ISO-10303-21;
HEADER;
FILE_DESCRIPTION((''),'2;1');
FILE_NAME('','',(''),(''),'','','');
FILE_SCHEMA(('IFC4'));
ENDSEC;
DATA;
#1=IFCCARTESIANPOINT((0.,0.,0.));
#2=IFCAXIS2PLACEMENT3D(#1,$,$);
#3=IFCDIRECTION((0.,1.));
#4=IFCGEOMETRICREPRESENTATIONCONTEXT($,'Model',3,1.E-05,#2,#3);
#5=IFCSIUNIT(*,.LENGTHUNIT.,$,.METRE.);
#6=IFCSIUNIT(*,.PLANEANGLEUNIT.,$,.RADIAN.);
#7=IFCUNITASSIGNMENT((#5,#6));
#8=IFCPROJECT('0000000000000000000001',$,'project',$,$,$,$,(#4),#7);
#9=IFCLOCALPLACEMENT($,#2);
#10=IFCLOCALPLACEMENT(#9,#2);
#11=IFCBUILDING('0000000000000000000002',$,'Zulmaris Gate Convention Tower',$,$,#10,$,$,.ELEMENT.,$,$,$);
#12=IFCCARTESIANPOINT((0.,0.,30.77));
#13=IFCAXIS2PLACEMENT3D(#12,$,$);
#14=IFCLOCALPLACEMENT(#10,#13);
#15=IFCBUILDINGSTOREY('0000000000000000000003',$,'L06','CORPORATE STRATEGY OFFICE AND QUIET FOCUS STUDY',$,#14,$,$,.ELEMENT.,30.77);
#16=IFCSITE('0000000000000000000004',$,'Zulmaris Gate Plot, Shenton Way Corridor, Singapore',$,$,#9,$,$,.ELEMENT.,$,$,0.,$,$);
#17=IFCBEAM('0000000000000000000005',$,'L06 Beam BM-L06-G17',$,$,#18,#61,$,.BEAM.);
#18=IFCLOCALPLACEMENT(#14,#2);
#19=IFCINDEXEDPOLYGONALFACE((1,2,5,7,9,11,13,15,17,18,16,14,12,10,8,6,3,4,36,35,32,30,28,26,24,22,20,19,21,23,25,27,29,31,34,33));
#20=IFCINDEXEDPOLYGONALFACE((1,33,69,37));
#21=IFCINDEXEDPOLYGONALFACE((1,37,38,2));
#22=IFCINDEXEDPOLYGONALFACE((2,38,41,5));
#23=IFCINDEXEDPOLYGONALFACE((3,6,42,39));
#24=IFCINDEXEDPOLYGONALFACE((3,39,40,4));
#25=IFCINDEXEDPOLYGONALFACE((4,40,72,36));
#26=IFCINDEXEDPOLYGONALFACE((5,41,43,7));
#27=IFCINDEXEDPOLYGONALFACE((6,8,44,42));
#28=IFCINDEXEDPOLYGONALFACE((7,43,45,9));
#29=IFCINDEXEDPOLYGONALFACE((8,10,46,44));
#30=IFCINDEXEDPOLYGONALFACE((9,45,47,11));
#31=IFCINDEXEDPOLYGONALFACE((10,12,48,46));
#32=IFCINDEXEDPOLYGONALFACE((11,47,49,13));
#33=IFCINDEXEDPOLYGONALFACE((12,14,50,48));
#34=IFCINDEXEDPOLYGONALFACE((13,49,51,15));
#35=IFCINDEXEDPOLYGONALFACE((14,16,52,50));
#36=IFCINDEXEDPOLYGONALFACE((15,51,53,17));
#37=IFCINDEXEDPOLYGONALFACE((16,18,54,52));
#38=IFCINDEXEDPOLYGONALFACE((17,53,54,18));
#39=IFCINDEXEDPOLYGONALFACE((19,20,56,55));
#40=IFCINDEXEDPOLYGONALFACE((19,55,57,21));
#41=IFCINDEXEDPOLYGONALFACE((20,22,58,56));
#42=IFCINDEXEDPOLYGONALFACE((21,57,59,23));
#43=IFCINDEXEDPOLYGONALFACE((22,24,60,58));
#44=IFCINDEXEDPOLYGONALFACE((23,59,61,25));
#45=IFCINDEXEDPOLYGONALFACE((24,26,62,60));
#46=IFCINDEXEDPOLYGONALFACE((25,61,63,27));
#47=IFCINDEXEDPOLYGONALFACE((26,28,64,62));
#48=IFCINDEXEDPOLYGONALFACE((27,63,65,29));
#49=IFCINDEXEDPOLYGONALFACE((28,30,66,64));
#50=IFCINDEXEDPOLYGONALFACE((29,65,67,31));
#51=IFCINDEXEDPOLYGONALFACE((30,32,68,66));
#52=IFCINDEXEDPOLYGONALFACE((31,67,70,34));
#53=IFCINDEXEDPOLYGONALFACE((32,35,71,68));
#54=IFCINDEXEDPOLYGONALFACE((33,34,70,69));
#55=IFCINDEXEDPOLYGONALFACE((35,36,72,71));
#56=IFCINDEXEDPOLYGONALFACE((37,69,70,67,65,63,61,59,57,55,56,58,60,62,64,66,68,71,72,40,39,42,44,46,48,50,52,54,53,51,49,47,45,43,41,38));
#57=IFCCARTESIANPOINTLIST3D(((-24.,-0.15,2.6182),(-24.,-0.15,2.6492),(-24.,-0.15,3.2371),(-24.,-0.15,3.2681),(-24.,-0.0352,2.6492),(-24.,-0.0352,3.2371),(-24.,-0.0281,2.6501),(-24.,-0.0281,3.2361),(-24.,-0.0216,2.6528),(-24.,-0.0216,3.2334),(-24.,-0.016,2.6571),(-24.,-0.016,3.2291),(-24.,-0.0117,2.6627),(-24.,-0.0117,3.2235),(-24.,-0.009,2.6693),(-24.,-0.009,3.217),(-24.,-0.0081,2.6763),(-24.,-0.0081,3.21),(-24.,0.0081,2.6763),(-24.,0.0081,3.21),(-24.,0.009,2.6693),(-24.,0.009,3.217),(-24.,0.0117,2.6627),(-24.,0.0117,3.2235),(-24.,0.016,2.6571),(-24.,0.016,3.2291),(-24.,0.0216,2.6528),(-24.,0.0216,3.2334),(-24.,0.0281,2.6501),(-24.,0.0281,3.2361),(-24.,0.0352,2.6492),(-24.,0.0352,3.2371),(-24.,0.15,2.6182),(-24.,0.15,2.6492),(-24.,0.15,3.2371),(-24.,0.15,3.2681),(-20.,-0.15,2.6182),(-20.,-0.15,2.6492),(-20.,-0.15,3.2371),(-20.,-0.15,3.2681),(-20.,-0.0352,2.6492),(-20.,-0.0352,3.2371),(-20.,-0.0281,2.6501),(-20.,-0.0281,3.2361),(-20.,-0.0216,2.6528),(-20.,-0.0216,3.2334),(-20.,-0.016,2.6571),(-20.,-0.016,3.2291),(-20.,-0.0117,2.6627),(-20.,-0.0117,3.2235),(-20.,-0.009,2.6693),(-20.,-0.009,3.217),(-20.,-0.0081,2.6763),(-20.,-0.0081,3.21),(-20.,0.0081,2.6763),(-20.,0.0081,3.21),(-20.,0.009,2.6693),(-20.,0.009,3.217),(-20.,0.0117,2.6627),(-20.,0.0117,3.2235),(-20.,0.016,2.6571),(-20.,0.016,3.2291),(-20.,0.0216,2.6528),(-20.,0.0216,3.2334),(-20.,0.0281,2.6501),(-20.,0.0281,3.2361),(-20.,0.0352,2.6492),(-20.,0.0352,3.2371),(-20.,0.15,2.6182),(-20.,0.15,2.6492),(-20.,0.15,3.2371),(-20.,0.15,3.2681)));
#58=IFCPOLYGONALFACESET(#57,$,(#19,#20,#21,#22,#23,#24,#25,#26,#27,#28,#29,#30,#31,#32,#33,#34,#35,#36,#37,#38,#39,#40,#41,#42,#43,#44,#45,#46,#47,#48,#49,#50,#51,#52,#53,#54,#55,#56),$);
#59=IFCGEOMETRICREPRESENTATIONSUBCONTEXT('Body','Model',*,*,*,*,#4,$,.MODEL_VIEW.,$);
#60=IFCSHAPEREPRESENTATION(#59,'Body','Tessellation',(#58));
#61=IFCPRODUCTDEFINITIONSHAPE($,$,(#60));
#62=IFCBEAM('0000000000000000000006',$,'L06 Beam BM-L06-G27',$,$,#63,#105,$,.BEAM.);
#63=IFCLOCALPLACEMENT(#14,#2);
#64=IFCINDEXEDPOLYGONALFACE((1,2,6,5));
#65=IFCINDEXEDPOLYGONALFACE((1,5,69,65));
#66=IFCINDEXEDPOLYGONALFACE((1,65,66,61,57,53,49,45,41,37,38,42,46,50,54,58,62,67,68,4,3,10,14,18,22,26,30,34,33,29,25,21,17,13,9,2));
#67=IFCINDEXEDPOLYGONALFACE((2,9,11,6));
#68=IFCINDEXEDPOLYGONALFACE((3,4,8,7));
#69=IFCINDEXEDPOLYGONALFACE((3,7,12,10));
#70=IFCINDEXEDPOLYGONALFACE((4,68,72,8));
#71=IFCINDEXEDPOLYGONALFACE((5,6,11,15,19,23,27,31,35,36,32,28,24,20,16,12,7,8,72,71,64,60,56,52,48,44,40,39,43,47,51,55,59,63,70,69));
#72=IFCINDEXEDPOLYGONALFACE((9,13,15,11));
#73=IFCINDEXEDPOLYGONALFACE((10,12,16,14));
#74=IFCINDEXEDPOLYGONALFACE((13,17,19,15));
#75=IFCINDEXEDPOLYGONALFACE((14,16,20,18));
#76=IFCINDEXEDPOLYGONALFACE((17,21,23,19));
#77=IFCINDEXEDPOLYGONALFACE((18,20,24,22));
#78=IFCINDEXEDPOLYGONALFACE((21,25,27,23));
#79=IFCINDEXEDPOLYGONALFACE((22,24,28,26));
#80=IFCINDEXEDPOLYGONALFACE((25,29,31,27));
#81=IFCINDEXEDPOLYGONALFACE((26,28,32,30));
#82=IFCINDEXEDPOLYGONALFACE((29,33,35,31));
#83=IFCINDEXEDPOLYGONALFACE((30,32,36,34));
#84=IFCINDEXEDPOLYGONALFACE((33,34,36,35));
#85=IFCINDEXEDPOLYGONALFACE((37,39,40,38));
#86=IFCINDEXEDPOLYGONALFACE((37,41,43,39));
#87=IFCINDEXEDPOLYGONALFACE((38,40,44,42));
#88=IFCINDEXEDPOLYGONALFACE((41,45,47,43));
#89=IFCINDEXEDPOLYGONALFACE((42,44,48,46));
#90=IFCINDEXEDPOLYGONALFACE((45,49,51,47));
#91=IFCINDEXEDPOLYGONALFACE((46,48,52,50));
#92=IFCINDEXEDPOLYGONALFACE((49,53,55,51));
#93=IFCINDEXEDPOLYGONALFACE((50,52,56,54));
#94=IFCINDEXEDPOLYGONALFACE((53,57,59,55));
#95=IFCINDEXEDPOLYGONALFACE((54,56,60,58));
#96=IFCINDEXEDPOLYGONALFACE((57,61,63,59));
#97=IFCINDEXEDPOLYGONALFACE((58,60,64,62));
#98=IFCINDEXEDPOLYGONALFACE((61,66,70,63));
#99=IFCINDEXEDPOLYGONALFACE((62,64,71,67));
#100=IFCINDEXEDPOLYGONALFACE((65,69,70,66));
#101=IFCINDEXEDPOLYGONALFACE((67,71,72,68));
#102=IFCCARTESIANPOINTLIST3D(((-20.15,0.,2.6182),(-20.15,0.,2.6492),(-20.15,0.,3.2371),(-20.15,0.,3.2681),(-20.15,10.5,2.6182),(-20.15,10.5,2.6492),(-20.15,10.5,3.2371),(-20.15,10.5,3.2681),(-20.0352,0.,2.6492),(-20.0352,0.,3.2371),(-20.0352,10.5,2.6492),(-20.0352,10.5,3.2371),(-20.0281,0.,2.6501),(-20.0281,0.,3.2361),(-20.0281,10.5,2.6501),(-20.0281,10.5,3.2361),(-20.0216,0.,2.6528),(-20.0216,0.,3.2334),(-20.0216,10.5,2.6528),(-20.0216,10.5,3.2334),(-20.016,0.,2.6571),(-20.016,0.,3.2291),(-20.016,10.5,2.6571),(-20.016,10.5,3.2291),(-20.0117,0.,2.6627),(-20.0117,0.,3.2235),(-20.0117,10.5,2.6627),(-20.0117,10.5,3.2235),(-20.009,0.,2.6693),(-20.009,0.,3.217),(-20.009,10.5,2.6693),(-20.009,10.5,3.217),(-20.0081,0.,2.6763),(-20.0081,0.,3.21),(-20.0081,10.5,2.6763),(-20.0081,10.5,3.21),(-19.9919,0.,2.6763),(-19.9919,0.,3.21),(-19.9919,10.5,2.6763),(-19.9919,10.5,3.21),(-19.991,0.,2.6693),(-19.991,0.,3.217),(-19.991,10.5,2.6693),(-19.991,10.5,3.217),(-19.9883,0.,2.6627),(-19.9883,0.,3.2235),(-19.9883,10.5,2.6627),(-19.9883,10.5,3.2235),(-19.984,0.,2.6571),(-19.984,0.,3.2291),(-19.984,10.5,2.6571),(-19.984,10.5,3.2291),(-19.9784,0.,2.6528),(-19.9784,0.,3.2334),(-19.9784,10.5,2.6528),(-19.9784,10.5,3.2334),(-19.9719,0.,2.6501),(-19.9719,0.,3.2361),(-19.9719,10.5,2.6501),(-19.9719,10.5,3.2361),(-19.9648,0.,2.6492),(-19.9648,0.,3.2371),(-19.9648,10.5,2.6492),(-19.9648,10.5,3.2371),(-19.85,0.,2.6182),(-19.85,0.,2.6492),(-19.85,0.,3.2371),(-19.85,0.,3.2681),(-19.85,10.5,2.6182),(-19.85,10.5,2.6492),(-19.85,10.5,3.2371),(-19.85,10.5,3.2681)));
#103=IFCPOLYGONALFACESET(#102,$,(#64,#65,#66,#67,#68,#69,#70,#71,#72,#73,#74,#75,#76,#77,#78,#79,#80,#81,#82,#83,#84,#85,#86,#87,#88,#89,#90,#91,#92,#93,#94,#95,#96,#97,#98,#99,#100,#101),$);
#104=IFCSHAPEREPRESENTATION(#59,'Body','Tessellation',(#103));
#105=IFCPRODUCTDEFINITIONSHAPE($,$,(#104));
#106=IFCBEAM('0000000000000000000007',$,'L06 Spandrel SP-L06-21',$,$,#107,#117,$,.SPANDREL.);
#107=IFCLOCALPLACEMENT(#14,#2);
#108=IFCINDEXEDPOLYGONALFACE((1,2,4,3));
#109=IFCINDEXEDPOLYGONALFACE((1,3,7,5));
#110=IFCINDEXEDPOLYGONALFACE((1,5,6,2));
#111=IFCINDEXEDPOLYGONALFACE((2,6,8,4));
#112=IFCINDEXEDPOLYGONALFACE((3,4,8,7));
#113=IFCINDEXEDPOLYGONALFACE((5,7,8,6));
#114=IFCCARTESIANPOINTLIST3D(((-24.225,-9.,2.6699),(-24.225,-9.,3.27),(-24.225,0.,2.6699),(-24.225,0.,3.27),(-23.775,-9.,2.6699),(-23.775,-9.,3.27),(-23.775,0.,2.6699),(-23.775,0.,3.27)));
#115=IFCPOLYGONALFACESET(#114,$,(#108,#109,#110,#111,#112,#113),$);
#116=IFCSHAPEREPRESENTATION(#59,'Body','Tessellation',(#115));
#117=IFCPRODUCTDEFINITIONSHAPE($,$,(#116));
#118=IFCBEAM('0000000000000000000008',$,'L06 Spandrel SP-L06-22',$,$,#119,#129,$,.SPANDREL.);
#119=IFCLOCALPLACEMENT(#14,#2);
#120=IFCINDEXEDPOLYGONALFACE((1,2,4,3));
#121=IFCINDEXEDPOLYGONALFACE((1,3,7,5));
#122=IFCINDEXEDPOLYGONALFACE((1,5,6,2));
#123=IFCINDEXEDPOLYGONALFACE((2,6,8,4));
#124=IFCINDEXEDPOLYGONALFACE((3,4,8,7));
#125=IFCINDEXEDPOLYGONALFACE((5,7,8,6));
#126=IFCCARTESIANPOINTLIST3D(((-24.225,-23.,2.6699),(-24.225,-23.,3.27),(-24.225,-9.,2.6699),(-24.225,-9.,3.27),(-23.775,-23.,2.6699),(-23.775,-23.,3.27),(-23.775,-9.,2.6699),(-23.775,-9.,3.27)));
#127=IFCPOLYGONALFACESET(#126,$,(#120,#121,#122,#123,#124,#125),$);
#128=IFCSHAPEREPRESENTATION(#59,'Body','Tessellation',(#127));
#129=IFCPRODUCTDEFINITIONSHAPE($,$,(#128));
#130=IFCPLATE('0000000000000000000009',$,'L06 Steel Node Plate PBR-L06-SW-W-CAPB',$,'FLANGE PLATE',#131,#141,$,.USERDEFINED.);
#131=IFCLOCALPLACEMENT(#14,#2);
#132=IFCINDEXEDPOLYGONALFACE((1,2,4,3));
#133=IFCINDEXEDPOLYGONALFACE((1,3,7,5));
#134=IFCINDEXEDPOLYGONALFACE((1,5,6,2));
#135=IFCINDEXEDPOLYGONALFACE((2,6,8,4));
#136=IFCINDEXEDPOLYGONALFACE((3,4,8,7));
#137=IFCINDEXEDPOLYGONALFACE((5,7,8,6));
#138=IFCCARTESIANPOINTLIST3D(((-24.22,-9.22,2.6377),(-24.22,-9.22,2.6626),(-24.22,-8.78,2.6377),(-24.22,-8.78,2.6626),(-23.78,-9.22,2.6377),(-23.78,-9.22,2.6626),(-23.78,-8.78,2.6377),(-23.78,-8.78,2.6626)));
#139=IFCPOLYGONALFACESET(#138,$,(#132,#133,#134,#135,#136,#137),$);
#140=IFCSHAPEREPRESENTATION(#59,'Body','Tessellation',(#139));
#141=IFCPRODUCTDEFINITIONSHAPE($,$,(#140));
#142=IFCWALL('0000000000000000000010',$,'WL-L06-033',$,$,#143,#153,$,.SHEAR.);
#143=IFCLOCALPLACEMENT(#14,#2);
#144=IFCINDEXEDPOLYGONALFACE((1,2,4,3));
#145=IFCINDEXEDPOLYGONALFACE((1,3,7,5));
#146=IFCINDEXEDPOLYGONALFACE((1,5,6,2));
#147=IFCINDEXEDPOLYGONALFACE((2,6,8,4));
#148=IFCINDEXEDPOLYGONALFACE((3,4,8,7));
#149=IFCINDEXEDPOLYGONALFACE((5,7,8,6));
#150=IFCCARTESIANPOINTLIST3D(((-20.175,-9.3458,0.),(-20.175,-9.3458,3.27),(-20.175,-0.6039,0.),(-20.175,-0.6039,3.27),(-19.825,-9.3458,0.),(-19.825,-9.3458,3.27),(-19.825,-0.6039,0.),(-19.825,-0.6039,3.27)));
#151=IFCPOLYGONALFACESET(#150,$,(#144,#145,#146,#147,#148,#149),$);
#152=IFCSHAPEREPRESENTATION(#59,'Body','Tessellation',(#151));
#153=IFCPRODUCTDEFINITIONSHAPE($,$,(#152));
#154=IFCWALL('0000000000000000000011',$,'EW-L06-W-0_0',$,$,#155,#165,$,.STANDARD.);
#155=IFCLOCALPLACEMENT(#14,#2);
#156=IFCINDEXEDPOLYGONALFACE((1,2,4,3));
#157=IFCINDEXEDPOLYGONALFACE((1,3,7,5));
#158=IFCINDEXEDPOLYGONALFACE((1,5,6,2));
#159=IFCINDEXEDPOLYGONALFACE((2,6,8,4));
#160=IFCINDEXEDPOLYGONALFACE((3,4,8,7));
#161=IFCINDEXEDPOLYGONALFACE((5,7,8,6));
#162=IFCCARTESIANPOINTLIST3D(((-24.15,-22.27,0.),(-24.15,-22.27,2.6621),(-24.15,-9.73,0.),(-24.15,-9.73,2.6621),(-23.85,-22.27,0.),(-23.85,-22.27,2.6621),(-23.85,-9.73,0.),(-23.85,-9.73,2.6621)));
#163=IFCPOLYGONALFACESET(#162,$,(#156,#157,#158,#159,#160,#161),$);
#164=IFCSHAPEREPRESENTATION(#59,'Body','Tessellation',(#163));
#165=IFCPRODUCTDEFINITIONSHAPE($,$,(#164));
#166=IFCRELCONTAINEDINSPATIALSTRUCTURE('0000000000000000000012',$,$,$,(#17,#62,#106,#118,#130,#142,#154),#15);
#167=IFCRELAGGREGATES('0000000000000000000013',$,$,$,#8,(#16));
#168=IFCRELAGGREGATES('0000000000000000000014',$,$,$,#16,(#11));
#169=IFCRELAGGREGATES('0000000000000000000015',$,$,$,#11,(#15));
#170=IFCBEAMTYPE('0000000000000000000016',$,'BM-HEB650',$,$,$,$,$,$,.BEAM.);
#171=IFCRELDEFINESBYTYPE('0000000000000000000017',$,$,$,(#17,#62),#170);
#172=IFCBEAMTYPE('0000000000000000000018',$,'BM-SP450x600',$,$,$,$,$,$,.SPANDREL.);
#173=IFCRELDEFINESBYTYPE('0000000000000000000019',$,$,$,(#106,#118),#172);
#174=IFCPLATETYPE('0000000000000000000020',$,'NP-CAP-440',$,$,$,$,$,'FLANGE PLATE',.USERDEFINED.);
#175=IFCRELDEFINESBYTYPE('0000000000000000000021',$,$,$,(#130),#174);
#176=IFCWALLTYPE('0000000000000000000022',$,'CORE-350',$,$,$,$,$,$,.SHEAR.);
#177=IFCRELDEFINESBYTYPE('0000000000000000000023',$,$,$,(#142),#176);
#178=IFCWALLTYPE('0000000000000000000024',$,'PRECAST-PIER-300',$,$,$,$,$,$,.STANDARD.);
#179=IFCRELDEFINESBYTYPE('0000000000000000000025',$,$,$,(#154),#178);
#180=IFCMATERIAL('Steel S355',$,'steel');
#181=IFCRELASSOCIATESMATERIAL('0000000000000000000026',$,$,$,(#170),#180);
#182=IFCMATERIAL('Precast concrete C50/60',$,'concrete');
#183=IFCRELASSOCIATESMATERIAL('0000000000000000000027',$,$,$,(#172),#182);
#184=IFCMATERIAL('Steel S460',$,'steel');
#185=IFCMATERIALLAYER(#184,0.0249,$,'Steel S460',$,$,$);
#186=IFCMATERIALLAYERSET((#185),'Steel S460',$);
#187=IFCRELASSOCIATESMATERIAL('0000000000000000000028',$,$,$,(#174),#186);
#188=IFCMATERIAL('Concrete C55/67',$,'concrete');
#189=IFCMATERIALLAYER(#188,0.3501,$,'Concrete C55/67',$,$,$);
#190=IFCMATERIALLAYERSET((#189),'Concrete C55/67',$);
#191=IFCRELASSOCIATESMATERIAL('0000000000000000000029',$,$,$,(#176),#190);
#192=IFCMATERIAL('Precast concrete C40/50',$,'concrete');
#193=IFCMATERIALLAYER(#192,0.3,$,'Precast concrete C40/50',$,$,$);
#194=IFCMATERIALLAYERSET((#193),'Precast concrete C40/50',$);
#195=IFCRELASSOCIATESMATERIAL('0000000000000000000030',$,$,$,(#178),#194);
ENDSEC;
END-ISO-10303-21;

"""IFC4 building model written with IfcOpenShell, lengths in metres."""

from ifc_helpers import new_model, si_unit, direction, frame, frame_2d, origin, origin_2d, place, context, subcontext, project, spatial, rectangle, i_section, extrude, material, layer, layer_set, material_profile, profile_set, type_object, element, save


model = new_model("IFC4")

# Units and contexts
model_context = context("Model", 3, precision=1e-05, world=origin(), true_north=direction((0.0, 1.0)))
body_context = subcontext(model_context, "Body", "Model", "MODEL_VIEW")
ifc_project = project(units=[si_unit("LENGTHUNIT", "METRE"), si_unit("PLANEANGLEUNIT", "RADIAN")], contexts=[model_context])

# Site, building, storey
site_placement = place(None, origin())
site = spatial("IfcSite", under=ifc_project, at=site_placement, Name="Zulmaris Gate Plot, Shenton Way Corridor, Singapore", CompositionType="ELEMENT", RefElevation=0.0)
building_placement = place(site_placement, origin())
building = spatial("IfcBuilding", under=site, at=building_placement, Name="Zulmaris Gate Convention Tower", CompositionType="ELEMENT")
storey_placement = place(building_placement, frame((0.0, 0.0, 30.77)))
storey = spatial("IfcBuildingStorey", under=building, at=storey_placement, Name="L06", Description="CORPORATE STRATEGY OFFICE AND QUIET FOCUS STUDY", CompositionType="ELEMENT", Elevation=30.77)

# Beams
ifc_material_1 = material(Name="Steel S355", Category="steel")
ifc_material_profile_1 = material_profile(ifc_material_1, i_section(OverallWidth=0.3, OverallDepth=0.6499, WebThickness=0.0161, FlangeThickness=0.031, FilletRadius=0.0271, at=origin_2d()), Name="HEB 650")
ifc_profile_set_1 = profile_set([ifc_material_profile_1], Name="Steel S355")
beam_type_1 = type_object("IfcBeamType", Name="BM-HEB650", PredefinedType="BEAM", material=ifc_profile_set_1)
for number, where, z_axis, x_axis, name in (
    (1, (-24.0, 0.0, 2.9431), (1.0, 0.0, 0.0), (0.0, 1.0, 0.0), "L06 Beam BM-L06-G17"),
):
    element("IfcBeam", number, at=place(storey_placement, frame(where, z_axis=z_axis, x_axis=x_axis)), inside=storey, type_object=beam_type_1, Name=name, PredefinedType="BEAM", context=body_context, shape_type="SweptSolid", body=[
        extrude(i_section(OverallWidth=0.3, OverallDepth=0.6499, WebThickness=0.0161, FlangeThickness=0.031, FilletRadius=0.0271, at=origin_2d()), origin(), (0.0, 0.0, 1.0), 4.0),
    ])
beam_1_placement = place(storey_placement, frame((-20.0, 0.0, 2.9431), z_axis=(0.0, 1.0, 0.0), x_axis=(-1.0, 0.0, 0.0)))
element("IfcBeam", 2, at=beam_1_placement, inside=storey, type_object=beam_type_1, Name="L06 Beam BM-L06-G27", PredefinedType="BEAM", context=body_context, shape_type="SweptSolid", body=[
    extrude(i_section(OverallWidth=0.3, OverallDepth=0.6499, WebThickness=0.0161, FlangeThickness=0.031, FilletRadius=0.0271, at=origin_2d()), origin(), (0.0, 0.0, 1.0), 10.5),
])
ifc_material_2 = material(Name="Precast concrete C50/60", Category="concrete")
ifc_material_profile_2 = material_profile(ifc_material_2, rectangle(XDim=0.45, YDim=0.6001, at=origin_2d()), Name="RC SPANDREL 450x600")
ifc_profile_set_2 = profile_set([ifc_material_profile_2], Name="Precast concrete C50/60")
beam_type_2 = type_object("IfcBeamType", Name="BM-SP450x600", PredefinedType="SPANDREL", material=ifc_profile_set_2)
beam_2_placement = place(storey_placement, frame((-24.0, 0.0, 2.97), z_axis=(0.0, -1.0, 0.0), x_axis=(1.0, 0.0, 0.0)))
element("IfcBeam", 3, at=beam_2_placement, inside=storey, type_object=beam_type_2, Name="L06 Spandrel SP-L06-21", PredefinedType="SPANDREL", context=body_context, shape_type="SweptSolid", body=[
    extrude(rectangle(XDim=0.45, YDim=0.6001, at=origin_2d()), origin(), (0.0, 0.0, 1.0), 9.0),
])
beam_3_placement = place(storey_placement, frame((-24.0, -9.0, 2.97), z_axis=(0.0, -1.0, 0.0), x_axis=(1.0, 0.0, 0.0)))
element("IfcBeam", 4, at=beam_3_placement, inside=storey, type_object=beam_type_2, Name="L06 Spandrel SP-L06-22", PredefinedType="SPANDREL", context=body_context, shape_type="SweptSolid", body=[
    extrude(rectangle(XDim=0.45, YDim=0.6001, at=origin_2d()), origin(), (0.0, 0.0, 1.0), 14.0),
])

# Plate
ifc_material_3 = material(Name="Steel S460", Category="steel")
ifc_layer_1 = layer(ifc_material_3, 0.0249, Name="Steel S460")
ifc_layer_set_1 = layer_set([ifc_layer_1], Name="Steel S460")
plate_type = type_object("IfcPlateType", Name="NP-CAP-440", ElementType="FLANGE PLATE", PredefinedType="USERDEFINED", material=ifc_layer_set_1)
plate_placement = place(storey_placement, frame((-24.0, -9.0, 2.6377), z_axis=(0.0, 0.0, 1.0), x_axis=(1.0, 0.0, 0.0)))
element("IfcPlate", 5, at=plate_placement, inside=storey, type_object=plate_type, Name="L06 Steel Node Plate PBR-L06-SW-W-CAPB", ObjectType="FLANGE PLATE", PredefinedType="USERDEFINED", context=body_context, shape_type="SweptSolid", body=[
    extrude(rectangle(XDim=0.4399, YDim=0.4399, at=origin_2d()), origin(), (0.0, 0.0, 1.0), 0.0249),
])

# Walls
ifc_material_4 = material(Name="Concrete C55/67", Category="concrete")
ifc_layer_2 = layer(ifc_material_4, 0.3501, Name="Concrete C55/67")
ifc_layer_set_2 = layer_set([ifc_layer_2], Name="Concrete C55/67")
wall_type_1 = type_object("IfcWallType", Name="CORE-350", PredefinedType="SHEAR", material=ifc_layer_set_2)
wall_1_placement = place(storey_placement, frame((-20.0, -9.3459, 0.0), z_axis=(0.0, 0.0, 1.0), x_axis=(0.0, 1.0, 0.0)))
element("IfcWall", 6, at=wall_1_placement, inside=storey, type_object=wall_type_1, Name="WL-L06-033", PredefinedType="SHEAR", context=body_context, shape_type="SweptSolid", body=[
    extrude(rectangle(XDim=8.7419, YDim=0.3501, at=frame_2d((4.3711, 0.0))), origin(), (0.0, 0.0, 1.0), 3.27),
])
ifc_material_5 = material(Name="Precast concrete C40/50", Category="concrete")
ifc_layer_3 = layer(ifc_material_5, 0.3, Name="Precast concrete C40/50")
ifc_layer_set_3 = layer_set([ifc_layer_3], Name="Precast concrete C40/50")
wall_type_2 = type_object("IfcWallType", Name="PRECAST-PIER-300", PredefinedType="STANDARD", material=ifc_layer_set_3)
wall_2_placement = place(storey_placement, frame((-24.0, -9.73, 0.0), z_axis=(0.0, 0.0, 1.0), x_axis=(0.0, -1.0, 0.0)))
element("IfcWall", 7, at=wall_2_placement, inside=storey, type_object=wall_type_2, Name="EW-L06-W-0_0", PredefinedType="STANDARD", context=body_context, shape_type="SweptSolid", body=[
    extrude(rectangle(XDim=12.54, YDim=0.3, at=frame_2d((6.27, 0.0))), origin(), (0.0, 0.0, 1.0), 2.6621),
])

save(model, "model.ifc")
